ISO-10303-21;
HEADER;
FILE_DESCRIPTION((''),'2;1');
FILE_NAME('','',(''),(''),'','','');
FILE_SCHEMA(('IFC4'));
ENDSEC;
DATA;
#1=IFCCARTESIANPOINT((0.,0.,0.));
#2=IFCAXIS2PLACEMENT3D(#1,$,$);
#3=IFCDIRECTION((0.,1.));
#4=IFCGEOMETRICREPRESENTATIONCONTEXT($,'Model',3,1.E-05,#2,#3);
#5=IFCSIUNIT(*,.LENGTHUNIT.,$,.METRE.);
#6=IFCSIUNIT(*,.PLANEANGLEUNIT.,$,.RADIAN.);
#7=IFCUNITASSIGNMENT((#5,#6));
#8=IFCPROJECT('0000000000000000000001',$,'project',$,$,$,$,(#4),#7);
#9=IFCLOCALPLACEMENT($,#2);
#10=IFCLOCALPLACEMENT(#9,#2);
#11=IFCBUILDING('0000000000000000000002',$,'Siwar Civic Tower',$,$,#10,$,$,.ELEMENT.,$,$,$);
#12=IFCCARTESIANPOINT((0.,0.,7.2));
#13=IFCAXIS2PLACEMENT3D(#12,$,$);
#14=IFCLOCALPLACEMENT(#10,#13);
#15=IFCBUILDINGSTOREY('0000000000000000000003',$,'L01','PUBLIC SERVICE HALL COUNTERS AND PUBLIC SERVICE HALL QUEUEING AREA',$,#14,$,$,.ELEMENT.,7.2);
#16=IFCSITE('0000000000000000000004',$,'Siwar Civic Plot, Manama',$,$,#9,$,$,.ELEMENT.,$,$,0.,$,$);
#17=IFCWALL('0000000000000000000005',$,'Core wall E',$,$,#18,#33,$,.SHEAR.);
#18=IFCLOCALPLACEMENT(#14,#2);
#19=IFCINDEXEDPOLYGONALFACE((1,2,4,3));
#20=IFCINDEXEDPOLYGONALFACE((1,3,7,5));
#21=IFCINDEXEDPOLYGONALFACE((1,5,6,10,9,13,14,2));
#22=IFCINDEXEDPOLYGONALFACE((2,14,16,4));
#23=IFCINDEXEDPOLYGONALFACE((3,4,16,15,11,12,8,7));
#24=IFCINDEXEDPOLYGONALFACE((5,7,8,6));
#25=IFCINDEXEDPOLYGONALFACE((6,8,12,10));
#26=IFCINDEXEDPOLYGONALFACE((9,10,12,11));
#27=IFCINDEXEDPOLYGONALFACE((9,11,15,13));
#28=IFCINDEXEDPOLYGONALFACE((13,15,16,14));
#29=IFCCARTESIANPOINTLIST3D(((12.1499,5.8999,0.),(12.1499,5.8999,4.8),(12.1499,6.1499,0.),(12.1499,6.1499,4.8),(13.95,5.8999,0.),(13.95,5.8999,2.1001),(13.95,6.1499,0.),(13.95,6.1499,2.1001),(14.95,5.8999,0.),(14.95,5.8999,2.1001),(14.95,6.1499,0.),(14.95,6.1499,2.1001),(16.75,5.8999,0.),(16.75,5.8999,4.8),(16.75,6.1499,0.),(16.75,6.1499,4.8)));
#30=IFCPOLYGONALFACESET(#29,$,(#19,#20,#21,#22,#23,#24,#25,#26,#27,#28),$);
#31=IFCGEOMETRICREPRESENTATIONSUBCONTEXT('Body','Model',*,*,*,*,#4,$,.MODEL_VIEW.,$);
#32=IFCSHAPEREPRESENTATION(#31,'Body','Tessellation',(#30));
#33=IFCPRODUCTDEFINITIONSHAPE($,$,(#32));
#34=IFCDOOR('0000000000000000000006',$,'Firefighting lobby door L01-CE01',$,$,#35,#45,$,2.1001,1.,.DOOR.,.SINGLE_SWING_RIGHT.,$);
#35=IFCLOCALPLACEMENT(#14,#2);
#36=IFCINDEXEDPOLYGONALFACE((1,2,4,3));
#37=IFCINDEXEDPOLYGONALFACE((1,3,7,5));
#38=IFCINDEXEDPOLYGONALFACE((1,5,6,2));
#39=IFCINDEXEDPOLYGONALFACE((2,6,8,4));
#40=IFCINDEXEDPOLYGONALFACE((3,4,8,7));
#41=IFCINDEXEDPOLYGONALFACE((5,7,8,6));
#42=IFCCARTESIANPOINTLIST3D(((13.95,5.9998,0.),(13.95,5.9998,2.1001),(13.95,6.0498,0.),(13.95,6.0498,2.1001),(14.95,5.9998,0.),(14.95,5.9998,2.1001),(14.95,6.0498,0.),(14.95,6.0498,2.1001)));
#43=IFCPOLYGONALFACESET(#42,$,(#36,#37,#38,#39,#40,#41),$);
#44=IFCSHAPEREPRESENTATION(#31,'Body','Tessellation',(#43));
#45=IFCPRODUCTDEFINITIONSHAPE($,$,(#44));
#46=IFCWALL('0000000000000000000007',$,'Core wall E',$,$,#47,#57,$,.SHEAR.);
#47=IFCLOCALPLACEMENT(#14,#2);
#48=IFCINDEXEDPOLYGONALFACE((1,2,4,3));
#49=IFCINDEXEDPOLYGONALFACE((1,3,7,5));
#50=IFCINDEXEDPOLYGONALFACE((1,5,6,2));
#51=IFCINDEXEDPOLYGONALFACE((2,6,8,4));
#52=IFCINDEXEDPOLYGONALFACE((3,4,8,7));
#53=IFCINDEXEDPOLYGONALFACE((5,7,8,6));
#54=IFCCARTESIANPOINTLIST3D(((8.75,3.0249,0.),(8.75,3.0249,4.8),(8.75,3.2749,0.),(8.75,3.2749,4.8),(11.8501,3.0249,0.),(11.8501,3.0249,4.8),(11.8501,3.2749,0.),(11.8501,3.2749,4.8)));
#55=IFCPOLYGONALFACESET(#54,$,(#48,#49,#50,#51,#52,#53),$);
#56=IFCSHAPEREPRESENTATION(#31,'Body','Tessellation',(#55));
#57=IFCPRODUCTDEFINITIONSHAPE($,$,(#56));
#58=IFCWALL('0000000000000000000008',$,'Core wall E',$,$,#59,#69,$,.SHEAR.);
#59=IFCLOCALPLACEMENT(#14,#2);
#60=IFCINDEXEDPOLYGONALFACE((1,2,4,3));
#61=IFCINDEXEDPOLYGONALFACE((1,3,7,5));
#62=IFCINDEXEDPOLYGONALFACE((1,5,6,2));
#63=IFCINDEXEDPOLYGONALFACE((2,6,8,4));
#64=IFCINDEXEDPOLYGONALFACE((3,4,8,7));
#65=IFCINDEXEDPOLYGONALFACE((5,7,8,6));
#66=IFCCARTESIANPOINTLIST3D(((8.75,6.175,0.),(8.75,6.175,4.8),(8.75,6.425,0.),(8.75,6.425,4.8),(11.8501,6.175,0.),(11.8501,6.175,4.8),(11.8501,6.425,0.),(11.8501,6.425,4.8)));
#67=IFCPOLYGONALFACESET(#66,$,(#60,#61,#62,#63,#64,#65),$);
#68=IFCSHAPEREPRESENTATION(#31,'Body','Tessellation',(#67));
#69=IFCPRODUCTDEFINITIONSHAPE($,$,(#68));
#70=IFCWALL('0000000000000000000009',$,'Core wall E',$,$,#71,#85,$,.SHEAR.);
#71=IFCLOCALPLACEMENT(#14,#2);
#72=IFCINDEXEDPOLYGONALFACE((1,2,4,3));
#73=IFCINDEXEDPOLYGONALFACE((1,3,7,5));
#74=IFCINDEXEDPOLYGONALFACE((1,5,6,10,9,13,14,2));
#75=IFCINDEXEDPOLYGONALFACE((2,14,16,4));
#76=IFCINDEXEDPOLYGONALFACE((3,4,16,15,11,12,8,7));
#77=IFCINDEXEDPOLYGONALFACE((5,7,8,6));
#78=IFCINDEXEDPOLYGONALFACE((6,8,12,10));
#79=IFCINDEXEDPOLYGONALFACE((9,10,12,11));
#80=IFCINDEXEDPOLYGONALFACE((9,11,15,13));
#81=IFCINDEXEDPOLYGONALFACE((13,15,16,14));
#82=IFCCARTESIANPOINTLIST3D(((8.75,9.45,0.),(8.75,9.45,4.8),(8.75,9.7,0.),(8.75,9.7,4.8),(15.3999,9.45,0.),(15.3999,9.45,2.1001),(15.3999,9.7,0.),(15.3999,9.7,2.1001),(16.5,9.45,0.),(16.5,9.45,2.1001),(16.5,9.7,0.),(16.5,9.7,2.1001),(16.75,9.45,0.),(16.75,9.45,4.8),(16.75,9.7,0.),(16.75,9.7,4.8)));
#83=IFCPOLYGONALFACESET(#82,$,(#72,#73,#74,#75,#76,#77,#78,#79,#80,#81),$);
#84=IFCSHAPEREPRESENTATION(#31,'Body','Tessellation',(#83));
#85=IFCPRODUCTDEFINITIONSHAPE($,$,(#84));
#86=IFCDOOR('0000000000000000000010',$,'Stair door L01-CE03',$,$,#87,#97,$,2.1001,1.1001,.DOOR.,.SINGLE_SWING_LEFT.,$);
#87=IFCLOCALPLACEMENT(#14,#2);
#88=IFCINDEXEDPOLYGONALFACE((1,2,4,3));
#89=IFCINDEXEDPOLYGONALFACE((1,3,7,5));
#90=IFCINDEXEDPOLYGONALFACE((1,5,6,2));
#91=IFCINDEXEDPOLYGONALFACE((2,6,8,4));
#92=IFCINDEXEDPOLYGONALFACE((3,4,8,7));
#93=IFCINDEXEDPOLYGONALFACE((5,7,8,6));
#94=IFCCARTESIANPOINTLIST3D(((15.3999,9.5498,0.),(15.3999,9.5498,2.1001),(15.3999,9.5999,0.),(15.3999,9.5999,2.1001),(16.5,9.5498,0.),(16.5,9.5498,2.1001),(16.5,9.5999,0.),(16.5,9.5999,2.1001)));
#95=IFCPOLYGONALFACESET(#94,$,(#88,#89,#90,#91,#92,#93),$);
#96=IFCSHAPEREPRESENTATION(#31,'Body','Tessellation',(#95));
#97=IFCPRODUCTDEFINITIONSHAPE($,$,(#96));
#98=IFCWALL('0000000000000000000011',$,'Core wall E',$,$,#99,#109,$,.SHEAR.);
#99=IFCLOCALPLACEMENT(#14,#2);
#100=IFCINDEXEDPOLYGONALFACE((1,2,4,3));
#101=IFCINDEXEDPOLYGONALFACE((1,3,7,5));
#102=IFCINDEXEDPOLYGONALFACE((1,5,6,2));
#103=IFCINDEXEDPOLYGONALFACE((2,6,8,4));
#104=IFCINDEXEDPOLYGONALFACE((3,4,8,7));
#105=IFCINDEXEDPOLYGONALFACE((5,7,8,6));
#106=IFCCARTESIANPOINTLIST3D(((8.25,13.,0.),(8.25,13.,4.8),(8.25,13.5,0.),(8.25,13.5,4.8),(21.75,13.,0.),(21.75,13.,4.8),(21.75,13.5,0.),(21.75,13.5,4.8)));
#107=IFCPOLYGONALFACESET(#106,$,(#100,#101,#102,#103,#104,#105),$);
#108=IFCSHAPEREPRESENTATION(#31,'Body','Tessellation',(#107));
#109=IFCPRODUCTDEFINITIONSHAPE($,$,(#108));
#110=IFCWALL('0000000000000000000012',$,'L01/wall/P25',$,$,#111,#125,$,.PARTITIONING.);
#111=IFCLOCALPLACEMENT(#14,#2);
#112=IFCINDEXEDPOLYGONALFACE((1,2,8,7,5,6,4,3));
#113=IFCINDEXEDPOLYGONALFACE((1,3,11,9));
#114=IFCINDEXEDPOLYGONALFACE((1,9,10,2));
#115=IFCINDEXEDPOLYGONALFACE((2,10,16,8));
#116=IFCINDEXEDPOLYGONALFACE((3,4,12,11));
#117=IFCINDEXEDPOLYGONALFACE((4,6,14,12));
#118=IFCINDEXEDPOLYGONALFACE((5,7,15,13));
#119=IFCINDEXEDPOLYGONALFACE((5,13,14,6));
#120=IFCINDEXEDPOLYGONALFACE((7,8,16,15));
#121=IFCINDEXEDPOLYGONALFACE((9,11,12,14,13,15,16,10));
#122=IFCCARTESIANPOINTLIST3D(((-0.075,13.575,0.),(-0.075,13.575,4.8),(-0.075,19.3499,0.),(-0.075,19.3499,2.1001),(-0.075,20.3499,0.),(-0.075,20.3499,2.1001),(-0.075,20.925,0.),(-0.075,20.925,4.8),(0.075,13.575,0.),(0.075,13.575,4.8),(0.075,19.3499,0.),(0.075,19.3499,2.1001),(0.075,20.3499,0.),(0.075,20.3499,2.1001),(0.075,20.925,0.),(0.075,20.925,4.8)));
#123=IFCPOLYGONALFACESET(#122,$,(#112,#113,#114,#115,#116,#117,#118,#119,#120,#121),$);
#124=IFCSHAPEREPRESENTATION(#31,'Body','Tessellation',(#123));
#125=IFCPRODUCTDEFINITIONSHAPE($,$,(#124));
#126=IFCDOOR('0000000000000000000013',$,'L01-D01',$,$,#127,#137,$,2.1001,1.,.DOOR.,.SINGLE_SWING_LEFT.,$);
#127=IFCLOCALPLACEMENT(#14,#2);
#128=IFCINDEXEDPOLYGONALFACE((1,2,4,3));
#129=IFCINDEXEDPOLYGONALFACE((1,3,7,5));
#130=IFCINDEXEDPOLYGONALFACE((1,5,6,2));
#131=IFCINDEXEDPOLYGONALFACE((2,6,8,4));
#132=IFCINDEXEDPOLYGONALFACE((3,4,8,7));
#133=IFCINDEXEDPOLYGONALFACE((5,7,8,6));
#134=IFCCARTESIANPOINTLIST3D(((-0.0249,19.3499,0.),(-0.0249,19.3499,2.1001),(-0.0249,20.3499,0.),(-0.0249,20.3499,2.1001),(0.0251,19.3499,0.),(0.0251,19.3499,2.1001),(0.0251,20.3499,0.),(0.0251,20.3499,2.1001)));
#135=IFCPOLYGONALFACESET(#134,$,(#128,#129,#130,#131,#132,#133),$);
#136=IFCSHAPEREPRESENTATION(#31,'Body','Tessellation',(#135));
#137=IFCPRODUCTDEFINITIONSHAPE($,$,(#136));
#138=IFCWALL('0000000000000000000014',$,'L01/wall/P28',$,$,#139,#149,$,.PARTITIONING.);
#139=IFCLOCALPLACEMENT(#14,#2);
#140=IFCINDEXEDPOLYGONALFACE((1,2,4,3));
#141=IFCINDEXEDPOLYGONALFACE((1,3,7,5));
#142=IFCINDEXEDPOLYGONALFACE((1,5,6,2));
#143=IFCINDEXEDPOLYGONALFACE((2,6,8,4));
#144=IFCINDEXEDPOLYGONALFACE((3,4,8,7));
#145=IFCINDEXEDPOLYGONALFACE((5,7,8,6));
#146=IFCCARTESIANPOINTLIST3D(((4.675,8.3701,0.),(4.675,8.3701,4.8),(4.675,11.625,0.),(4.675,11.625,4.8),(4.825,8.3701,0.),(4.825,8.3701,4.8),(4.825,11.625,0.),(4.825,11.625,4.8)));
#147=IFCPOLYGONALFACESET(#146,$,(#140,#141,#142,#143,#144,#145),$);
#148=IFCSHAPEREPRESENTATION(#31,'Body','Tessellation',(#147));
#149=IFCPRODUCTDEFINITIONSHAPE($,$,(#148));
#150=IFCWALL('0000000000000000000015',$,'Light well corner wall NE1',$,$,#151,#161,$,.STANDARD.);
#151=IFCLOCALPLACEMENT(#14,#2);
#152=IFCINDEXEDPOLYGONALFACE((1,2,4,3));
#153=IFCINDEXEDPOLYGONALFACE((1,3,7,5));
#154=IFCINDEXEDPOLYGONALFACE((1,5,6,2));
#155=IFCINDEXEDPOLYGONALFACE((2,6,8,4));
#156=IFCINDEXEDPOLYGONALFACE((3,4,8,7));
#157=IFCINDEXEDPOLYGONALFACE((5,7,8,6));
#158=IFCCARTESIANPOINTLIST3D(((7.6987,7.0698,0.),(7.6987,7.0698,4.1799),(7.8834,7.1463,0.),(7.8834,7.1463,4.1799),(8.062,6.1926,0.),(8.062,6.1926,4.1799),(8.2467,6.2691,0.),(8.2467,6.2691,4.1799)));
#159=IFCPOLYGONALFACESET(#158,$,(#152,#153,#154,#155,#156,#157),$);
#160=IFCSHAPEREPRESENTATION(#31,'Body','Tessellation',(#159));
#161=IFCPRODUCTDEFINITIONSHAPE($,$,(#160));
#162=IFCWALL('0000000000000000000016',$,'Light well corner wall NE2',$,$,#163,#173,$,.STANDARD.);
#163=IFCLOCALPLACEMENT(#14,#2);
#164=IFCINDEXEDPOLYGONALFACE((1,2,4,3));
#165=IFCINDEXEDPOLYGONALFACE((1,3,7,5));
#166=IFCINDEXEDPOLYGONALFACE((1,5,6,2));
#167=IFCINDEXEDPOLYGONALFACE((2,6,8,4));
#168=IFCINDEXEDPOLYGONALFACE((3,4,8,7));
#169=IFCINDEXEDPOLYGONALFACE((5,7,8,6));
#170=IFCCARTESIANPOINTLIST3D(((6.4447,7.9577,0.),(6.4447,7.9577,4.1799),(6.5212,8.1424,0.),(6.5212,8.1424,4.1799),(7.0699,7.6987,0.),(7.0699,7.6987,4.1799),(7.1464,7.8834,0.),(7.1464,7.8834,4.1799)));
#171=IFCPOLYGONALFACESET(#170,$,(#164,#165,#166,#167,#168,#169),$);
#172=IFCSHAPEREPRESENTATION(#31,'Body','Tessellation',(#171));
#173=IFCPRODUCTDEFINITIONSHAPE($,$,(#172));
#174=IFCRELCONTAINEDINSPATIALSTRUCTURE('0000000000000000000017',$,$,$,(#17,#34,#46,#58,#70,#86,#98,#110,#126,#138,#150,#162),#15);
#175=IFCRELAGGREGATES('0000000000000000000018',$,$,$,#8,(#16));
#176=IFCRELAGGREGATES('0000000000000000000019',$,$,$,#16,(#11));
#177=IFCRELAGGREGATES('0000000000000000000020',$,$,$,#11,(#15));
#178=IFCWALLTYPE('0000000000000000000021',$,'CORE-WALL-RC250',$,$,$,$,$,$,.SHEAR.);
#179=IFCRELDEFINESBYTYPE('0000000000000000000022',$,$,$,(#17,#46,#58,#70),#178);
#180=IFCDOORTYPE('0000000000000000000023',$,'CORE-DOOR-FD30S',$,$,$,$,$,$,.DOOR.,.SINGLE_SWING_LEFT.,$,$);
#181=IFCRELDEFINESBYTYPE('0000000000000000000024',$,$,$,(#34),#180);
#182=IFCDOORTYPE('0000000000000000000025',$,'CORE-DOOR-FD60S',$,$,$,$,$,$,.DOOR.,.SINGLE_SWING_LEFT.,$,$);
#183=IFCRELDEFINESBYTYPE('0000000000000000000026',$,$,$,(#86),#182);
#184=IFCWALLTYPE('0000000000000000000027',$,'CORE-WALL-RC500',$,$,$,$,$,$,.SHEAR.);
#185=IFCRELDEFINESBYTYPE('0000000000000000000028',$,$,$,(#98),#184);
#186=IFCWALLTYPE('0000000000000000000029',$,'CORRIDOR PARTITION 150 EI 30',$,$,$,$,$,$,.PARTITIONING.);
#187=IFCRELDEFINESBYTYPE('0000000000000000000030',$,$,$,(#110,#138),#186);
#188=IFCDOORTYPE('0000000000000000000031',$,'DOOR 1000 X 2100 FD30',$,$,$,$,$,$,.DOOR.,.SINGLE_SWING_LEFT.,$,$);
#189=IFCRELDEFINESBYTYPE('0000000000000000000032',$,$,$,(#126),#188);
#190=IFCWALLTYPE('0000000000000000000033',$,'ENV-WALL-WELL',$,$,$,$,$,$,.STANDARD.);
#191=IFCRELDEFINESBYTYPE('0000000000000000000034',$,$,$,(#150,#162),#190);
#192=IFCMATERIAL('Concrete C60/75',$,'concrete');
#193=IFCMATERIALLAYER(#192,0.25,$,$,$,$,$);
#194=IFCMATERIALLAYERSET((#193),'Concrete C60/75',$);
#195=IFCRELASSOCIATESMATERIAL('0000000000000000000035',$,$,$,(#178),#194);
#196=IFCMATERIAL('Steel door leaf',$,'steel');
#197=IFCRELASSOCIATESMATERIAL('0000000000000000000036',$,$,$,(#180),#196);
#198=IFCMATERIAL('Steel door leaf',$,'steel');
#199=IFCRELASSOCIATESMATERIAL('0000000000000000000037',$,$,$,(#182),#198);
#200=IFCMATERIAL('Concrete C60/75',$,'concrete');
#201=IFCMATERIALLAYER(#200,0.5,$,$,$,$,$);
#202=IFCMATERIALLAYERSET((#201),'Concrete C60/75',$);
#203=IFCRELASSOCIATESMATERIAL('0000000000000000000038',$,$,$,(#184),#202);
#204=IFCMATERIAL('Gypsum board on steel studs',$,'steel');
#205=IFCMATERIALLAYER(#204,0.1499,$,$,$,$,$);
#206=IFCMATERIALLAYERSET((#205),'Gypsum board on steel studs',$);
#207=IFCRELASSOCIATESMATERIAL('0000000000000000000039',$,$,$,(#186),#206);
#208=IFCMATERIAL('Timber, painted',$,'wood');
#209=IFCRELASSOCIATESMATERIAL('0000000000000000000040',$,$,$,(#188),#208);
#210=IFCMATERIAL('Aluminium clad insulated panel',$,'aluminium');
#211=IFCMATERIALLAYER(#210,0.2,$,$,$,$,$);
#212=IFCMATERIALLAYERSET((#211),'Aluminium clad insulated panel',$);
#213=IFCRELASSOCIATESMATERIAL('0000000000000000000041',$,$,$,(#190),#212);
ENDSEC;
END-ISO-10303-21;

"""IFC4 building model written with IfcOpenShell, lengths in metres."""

from ifc_helpers import new_model, si_unit, direction, frame, frame_2d, origin, place, context, subcontext, project, spatial, rectangle, extrude, material, layer, layer_set, type_object, element, fill, save


model = new_model("IFC4")

# Units and contexts
model_context = context("Model", 3, precision=1e-05, world=origin(), true_north=direction((0.0, 1.0)))
body_context = subcontext(model_context, "Body", "Model", "MODEL_VIEW")
ifc_project = project(units=[si_unit("LENGTHUNIT", "METRE"), si_unit("PLANEANGLEUNIT", "RADIAN")], contexts=[model_context])

# Site, building, storey
site_placement = place(None, origin())
site = spatial("IfcSite", under=ifc_project, at=site_placement, Name="Siwar Civic Plot, Manama", CompositionType="ELEMENT", RefElevation=0.0)
building_placement = place(site_placement, origin())
building = spatial("IfcBuilding", under=site, at=building_placement, Name="Siwar Civic Tower", CompositionType="ELEMENT")
storey_placement = place(building_placement, frame((0.0, 0.0, 7.2)))
storey = spatial("IfcBuildingStorey", under=building, at=storey_placement, Name="L01", Description="PUBLIC SERVICE HALL COUNTERS AND PUBLIC SERVICE HALL QUEUEING AREA", CompositionType="ELEMENT", Elevation=7.2)

# Wall, opening, door
ifc_material_1 = material(Name="Concrete C60/75", Category="concrete")
ifc_layer_1 = layer(ifc_material_1, 0.25)
ifc_layer_set_1 = layer_set([ifc_layer_1], Name="Concrete C60/75")
wall_type_1 = type_object("IfcWallType", Name="CORE-WALL-RC250", PredefinedType="SHEAR", material=ifc_layer_set_1)
wall_1_placement = place(storey_placement, frame((12.1499, 6.0249, 0.0), z_axis=(0.0, 0.0, 1.0), x_axis=(1.0, 0.0, 0.0)))
wall_1 = element("IfcWall", 1, at=wall_1_placement, inside=storey, type_object=wall_type_1, Name="Core wall E", PredefinedType="SHEAR", context=body_context, shape_type="SweptSolid", body=[
    extrude(rectangle(XDim=4.6001, YDim=0.25, at=frame_2d((2.3, 0.0))), origin(), (0.0, 0.0, 1.0), 4.8),
])
opening_1_placement = place(wall_1_placement, frame((1.8, 0.0, 0.0)))
opening_1 = element("IfcOpeningElement", 2, at=opening_1_placement, cuts=wall_1, PredefinedType="OPENING", context=body_context, shape_type="SweptSolid", body=[
    extrude(rectangle(XDim=1.0, YDim=2.1001, at=frame_2d((0.5, 1.05))), frame((0.0, 0.135, 0.0), z_axis=(0.0, -1.0, 0.0), x_axis=(1.0, 0.0, 0.0)), (0.0, 0.0, 1.0), 0.27),
])
ifc_material_2 = material(Name="Steel door leaf", Category="steel")
door_type_1 = type_object("IfcDoorType", Name="CORE-DOOR-FD30S", OperationType="SINGLE_SWING_LEFT", PredefinedType="DOOR", material=ifc_material_2)
door_1_placement = place(opening_1_placement, origin())
door_1 = element("IfcDoor", 3, at=door_1_placement, inside=storey, type_object=door_type_1, Name="Firefighting lobby door L01-CE01", OperationType="SINGLE_SWING_RIGHT", OverallHeight=2.1001, OverallWidth=1.0, PredefinedType="DOOR", context=body_context, shape_type="SweptSolid", body=[
    extrude(rectangle(XDim=1.0, YDim=2.1001, at=frame_2d((0.5, 1.05))), frame((0.0, 0.0249, 0.0), z_axis=(0.0, -1.0, 0.0), x_axis=(1.0, 0.0, 0.0)), (0.0, 0.0, 1.0), 0.05),
])
fill(opening_1, door_1)

# Walls
for number, where, z_axis, x_axis, name in (
    (4, (8.75, 3.1499, 0.0), (0.0, 0.0, 1.0), (1.0, 0.0, 0.0), "Core wall E"),
    (5, (8.75, 6.3, 0.0), (0.0, 0.0, 1.0), (1.0, 0.0, 0.0), "Core wall E"),
):
    element("IfcWall", number, at=place(storey_placement, frame(where, z_axis=z_axis, x_axis=x_axis)), inside=storey, type_object=wall_type_1, Name=name, PredefinedType="SHEAR", context=body_context, shape_type="SweptSolid", body=[
        extrude(rectangle(XDim=3.1001, YDim=0.25, at=frame_2d((1.55, 0.0))), origin(), (0.0, 0.0, 1.0), 4.8),
    ])

# Wall, opening, door
wall_2_placement = place(storey_placement, frame((8.75, 9.575, 0.0), z_axis=(0.0, 0.0, 1.0), x_axis=(1.0, 0.0, 0.0)))
wall_2 = element("IfcWall", 6, at=wall_2_placement, inside=storey, type_object=wall_type_1, Name="Core wall E", PredefinedType="SHEAR", context=body_context, shape_type="SweptSolid", body=[
    extrude(rectangle(XDim=8.0, YDim=0.25, at=frame_2d((4.0, 0.0))), origin(), (0.0, 0.0, 1.0), 4.8),
])
opening_2_placement = place(wall_2_placement, frame((6.6499, 0.0, 0.0)))
opening_2 = element("IfcOpeningElement", 7, at=opening_2_placement, cuts=wall_2, PredefinedType="OPENING", context=body_context, shape_type="SweptSolid", body=[
    extrude(rectangle(XDim=1.1001, YDim=2.1001, at=frame_2d((0.55, 1.05))), frame((0.0, 0.135, 0.0), z_axis=(0.0, -1.0, 0.0), x_axis=(1.0, 0.0, 0.0)), (0.0, 0.0, 1.0), 0.27),
])
ifc_material_3 = material(Name="Steel door leaf", Category="steel")
door_type_2 = type_object("IfcDoorType", Name="CORE-DOOR-FD60S", OperationType="SINGLE_SWING_LEFT", PredefinedType="DOOR", material=ifc_material_3)
door_2_placement = place(opening_2_placement, origin())
door_2 = element("IfcDoor", 8, at=door_2_placement, inside=storey, type_object=door_type_2, Name="Stair door L01-CE03", OperationType="SINGLE_SWING_LEFT", OverallHeight=2.1001, OverallWidth=1.1001, PredefinedType="DOOR", context=body_context, shape_type="SweptSolid", body=[
    extrude(rectangle(XDim=1.1001, YDim=2.1001, at=frame_2d((0.55, 1.05))), frame((0.0, 0.0249, 0.0), z_axis=(0.0, -1.0, 0.0), x_axis=(1.0, 0.0, 0.0)), (0.0, 0.0, 1.0), 0.05),
])
fill(opening_2, door_2)

# Wall
ifc_material_4 = material(Name="Concrete C60/75", Category="concrete")
ifc_layer_2 = layer(ifc_material_4, 0.5)
ifc_layer_set_2 = layer_set([ifc_layer_2], Name="Concrete C60/75")
wall_type_2 = type_object("IfcWallType", Name="CORE-WALL-RC500", PredefinedType="SHEAR", material=ifc_layer_set_2)
wall_3_placement = place(storey_placement, frame((8.25, 13.25, 0.0), z_axis=(0.0, 0.0, 1.0), x_axis=(1.0, 0.0, 0.0)))
element("IfcWall", 9, at=wall_3_placement, inside=storey, type_object=wall_type_2, Name="Core wall E", PredefinedType="SHEAR", context=body_context, shape_type="SweptSolid", body=[
    extrude(rectangle(XDim=13.5, YDim=0.5, at=frame_2d((6.75, 0.0))), origin(), (0.0, 0.0, 1.0), 4.8),
])

# Wall, opening, door
ifc_material_5 = material(Name="Gypsum board on steel studs", Category="steel")
ifc_layer_3 = layer(ifc_material_5, 0.1499)
ifc_layer_set_3 = layer_set([ifc_layer_3], Name="Gypsum board on steel studs")
wall_type_3 = type_object("IfcWallType", Name="CORRIDOR PARTITION 150 EI 30", PredefinedType="PARTITIONING", material=ifc_layer_set_3)
wall_4_placement = place(storey_placement, frame((0.0, 13.575, 0.0), z_axis=(0.0, 0.0, 1.0), x_axis=(0.0, 1.0, 0.0)))
wall_4 = element("IfcWall", 10, at=wall_4_placement, inside=storey, type_object=wall_type_3, Name="L01/wall/P25", PredefinedType="PARTITIONING", context=body_context, shape_type="SweptSolid", body=[
    extrude(rectangle(XDim=7.3501, YDim=0.1499, at=frame_2d((3.675, 0.0))), origin(), (0.0, 0.0, 1.0), 4.8),
])
opening_3_placement = place(wall_4_placement, frame((5.7749, 0.0, 0.0)))
opening_3 = element("IfcOpeningElement", 11, at=opening_3_placement, cuts=wall_4, PredefinedType="OPENING", context=body_context, shape_type="SweptSolid", body=[
    extrude(rectangle(XDim=1.0, YDim=2.1001, at=frame_2d((0.5, 1.05))), frame((0.0, 0.085, 0.0), z_axis=(0.0, -1.0, 0.0), x_axis=(1.0, 0.0, 0.0)), (0.0, 0.0, 1.0), 0.1699),
])
ifc_material_6 = material(Name="Timber, painted", Category="wood")
door_type_3 = type_object("IfcDoorType", Name="DOOR 1000 X 2100 FD30", OperationType="SINGLE_SWING_LEFT", PredefinedType="DOOR", material=ifc_material_6)
door_3_placement = place(opening_3_placement, origin())
door_3 = element("IfcDoor", 12, at=door_3_placement, inside=storey, type_object=door_type_3, Name="L01-D01", OperationType="SINGLE_SWING_LEFT", OverallHeight=2.1001, OverallWidth=1.0, PredefinedType="DOOR", context=body_context, shape_type="SweptSolid", body=[
    extrude(rectangle(XDim=1.0, YDim=2.1001, at=frame_2d((0.5, 1.05))), frame((0.0, 0.0249, 0.0), z_axis=(0.0, -1.0, 0.0), x_axis=(1.0, 0.0, 0.0)), (0.0, 0.0, 1.0), 0.05),
])
fill(opening_3, door_3)

# Walls
wall_5_placement = place(storey_placement, frame((4.75, 8.3701, 0.0), z_axis=(0.0, 0.0, 1.0), x_axis=(0.0, 1.0, 0.0)))
element("IfcWall", 13, at=wall_5_placement, inside=storey, type_object=wall_type_3, Name="L01/wall/P28", PredefinedType="PARTITIONING", context=body_context, shape_type="SweptSolid", body=[
    extrude(rectangle(XDim=3.2549, YDim=0.1499, at=frame_2d((1.6274, 0.0))), origin(), (0.0, 0.0, 1.0), 4.8),
])
ifc_material_7 = material(Name="Aluminium clad insulated panel", Category="aluminium")
ifc_layer_4 = layer(ifc_material_7, 0.2)
ifc_layer_set_4 = layer_set([ifc_layer_4], Name="Aluminium clad insulated panel")
wall_type_4 = type_object("IfcWallType", Name="ENV-WALL-WELL", PredefinedType="STANDARD", material=ifc_layer_set_4)
wall_6_placement = place(storey_placement, frame((8.1543, 6.231, 0.0), z_axis=(0.0, 0.0, 1.0), x_axis=(-0.382624, 0.923904, 0.0)))
element("IfcWall", 14, at=wall_6_placement, inside=storey, type_object=wall_type_4, Name="Light well corner wall NE1", PredefinedType="STANDARD", context=body_context, shape_type="SweptSolid", body=[
    extrude(rectangle(XDim=0.9495, YDim=0.2, at=frame_2d((0.4746, 0.0))), origin(), (0.0, 0.0, 1.0), 4.1799),
])
wall_7_placement = place(storey_placement, frame((7.1082, 7.791, 0.0), z_axis=(0.0, 0.0, 1.0), x_axis=(-0.923854, 0.382745, 0.0)))
element("IfcWall", 15, at=wall_7_placement, inside=storey, type_object=wall_type_4, Name="Light well corner wall NE2", PredefinedType="STANDARD", context=body_context, shape_type="SweptSolid", body=[
    extrude(rectangle(XDim=0.6768, YDim=0.2, at=frame_2d((0.3384, 0.0))), origin(), (0.0, 0.0, 1.0), 4.1799),
])

save(model, "model.ifc")
